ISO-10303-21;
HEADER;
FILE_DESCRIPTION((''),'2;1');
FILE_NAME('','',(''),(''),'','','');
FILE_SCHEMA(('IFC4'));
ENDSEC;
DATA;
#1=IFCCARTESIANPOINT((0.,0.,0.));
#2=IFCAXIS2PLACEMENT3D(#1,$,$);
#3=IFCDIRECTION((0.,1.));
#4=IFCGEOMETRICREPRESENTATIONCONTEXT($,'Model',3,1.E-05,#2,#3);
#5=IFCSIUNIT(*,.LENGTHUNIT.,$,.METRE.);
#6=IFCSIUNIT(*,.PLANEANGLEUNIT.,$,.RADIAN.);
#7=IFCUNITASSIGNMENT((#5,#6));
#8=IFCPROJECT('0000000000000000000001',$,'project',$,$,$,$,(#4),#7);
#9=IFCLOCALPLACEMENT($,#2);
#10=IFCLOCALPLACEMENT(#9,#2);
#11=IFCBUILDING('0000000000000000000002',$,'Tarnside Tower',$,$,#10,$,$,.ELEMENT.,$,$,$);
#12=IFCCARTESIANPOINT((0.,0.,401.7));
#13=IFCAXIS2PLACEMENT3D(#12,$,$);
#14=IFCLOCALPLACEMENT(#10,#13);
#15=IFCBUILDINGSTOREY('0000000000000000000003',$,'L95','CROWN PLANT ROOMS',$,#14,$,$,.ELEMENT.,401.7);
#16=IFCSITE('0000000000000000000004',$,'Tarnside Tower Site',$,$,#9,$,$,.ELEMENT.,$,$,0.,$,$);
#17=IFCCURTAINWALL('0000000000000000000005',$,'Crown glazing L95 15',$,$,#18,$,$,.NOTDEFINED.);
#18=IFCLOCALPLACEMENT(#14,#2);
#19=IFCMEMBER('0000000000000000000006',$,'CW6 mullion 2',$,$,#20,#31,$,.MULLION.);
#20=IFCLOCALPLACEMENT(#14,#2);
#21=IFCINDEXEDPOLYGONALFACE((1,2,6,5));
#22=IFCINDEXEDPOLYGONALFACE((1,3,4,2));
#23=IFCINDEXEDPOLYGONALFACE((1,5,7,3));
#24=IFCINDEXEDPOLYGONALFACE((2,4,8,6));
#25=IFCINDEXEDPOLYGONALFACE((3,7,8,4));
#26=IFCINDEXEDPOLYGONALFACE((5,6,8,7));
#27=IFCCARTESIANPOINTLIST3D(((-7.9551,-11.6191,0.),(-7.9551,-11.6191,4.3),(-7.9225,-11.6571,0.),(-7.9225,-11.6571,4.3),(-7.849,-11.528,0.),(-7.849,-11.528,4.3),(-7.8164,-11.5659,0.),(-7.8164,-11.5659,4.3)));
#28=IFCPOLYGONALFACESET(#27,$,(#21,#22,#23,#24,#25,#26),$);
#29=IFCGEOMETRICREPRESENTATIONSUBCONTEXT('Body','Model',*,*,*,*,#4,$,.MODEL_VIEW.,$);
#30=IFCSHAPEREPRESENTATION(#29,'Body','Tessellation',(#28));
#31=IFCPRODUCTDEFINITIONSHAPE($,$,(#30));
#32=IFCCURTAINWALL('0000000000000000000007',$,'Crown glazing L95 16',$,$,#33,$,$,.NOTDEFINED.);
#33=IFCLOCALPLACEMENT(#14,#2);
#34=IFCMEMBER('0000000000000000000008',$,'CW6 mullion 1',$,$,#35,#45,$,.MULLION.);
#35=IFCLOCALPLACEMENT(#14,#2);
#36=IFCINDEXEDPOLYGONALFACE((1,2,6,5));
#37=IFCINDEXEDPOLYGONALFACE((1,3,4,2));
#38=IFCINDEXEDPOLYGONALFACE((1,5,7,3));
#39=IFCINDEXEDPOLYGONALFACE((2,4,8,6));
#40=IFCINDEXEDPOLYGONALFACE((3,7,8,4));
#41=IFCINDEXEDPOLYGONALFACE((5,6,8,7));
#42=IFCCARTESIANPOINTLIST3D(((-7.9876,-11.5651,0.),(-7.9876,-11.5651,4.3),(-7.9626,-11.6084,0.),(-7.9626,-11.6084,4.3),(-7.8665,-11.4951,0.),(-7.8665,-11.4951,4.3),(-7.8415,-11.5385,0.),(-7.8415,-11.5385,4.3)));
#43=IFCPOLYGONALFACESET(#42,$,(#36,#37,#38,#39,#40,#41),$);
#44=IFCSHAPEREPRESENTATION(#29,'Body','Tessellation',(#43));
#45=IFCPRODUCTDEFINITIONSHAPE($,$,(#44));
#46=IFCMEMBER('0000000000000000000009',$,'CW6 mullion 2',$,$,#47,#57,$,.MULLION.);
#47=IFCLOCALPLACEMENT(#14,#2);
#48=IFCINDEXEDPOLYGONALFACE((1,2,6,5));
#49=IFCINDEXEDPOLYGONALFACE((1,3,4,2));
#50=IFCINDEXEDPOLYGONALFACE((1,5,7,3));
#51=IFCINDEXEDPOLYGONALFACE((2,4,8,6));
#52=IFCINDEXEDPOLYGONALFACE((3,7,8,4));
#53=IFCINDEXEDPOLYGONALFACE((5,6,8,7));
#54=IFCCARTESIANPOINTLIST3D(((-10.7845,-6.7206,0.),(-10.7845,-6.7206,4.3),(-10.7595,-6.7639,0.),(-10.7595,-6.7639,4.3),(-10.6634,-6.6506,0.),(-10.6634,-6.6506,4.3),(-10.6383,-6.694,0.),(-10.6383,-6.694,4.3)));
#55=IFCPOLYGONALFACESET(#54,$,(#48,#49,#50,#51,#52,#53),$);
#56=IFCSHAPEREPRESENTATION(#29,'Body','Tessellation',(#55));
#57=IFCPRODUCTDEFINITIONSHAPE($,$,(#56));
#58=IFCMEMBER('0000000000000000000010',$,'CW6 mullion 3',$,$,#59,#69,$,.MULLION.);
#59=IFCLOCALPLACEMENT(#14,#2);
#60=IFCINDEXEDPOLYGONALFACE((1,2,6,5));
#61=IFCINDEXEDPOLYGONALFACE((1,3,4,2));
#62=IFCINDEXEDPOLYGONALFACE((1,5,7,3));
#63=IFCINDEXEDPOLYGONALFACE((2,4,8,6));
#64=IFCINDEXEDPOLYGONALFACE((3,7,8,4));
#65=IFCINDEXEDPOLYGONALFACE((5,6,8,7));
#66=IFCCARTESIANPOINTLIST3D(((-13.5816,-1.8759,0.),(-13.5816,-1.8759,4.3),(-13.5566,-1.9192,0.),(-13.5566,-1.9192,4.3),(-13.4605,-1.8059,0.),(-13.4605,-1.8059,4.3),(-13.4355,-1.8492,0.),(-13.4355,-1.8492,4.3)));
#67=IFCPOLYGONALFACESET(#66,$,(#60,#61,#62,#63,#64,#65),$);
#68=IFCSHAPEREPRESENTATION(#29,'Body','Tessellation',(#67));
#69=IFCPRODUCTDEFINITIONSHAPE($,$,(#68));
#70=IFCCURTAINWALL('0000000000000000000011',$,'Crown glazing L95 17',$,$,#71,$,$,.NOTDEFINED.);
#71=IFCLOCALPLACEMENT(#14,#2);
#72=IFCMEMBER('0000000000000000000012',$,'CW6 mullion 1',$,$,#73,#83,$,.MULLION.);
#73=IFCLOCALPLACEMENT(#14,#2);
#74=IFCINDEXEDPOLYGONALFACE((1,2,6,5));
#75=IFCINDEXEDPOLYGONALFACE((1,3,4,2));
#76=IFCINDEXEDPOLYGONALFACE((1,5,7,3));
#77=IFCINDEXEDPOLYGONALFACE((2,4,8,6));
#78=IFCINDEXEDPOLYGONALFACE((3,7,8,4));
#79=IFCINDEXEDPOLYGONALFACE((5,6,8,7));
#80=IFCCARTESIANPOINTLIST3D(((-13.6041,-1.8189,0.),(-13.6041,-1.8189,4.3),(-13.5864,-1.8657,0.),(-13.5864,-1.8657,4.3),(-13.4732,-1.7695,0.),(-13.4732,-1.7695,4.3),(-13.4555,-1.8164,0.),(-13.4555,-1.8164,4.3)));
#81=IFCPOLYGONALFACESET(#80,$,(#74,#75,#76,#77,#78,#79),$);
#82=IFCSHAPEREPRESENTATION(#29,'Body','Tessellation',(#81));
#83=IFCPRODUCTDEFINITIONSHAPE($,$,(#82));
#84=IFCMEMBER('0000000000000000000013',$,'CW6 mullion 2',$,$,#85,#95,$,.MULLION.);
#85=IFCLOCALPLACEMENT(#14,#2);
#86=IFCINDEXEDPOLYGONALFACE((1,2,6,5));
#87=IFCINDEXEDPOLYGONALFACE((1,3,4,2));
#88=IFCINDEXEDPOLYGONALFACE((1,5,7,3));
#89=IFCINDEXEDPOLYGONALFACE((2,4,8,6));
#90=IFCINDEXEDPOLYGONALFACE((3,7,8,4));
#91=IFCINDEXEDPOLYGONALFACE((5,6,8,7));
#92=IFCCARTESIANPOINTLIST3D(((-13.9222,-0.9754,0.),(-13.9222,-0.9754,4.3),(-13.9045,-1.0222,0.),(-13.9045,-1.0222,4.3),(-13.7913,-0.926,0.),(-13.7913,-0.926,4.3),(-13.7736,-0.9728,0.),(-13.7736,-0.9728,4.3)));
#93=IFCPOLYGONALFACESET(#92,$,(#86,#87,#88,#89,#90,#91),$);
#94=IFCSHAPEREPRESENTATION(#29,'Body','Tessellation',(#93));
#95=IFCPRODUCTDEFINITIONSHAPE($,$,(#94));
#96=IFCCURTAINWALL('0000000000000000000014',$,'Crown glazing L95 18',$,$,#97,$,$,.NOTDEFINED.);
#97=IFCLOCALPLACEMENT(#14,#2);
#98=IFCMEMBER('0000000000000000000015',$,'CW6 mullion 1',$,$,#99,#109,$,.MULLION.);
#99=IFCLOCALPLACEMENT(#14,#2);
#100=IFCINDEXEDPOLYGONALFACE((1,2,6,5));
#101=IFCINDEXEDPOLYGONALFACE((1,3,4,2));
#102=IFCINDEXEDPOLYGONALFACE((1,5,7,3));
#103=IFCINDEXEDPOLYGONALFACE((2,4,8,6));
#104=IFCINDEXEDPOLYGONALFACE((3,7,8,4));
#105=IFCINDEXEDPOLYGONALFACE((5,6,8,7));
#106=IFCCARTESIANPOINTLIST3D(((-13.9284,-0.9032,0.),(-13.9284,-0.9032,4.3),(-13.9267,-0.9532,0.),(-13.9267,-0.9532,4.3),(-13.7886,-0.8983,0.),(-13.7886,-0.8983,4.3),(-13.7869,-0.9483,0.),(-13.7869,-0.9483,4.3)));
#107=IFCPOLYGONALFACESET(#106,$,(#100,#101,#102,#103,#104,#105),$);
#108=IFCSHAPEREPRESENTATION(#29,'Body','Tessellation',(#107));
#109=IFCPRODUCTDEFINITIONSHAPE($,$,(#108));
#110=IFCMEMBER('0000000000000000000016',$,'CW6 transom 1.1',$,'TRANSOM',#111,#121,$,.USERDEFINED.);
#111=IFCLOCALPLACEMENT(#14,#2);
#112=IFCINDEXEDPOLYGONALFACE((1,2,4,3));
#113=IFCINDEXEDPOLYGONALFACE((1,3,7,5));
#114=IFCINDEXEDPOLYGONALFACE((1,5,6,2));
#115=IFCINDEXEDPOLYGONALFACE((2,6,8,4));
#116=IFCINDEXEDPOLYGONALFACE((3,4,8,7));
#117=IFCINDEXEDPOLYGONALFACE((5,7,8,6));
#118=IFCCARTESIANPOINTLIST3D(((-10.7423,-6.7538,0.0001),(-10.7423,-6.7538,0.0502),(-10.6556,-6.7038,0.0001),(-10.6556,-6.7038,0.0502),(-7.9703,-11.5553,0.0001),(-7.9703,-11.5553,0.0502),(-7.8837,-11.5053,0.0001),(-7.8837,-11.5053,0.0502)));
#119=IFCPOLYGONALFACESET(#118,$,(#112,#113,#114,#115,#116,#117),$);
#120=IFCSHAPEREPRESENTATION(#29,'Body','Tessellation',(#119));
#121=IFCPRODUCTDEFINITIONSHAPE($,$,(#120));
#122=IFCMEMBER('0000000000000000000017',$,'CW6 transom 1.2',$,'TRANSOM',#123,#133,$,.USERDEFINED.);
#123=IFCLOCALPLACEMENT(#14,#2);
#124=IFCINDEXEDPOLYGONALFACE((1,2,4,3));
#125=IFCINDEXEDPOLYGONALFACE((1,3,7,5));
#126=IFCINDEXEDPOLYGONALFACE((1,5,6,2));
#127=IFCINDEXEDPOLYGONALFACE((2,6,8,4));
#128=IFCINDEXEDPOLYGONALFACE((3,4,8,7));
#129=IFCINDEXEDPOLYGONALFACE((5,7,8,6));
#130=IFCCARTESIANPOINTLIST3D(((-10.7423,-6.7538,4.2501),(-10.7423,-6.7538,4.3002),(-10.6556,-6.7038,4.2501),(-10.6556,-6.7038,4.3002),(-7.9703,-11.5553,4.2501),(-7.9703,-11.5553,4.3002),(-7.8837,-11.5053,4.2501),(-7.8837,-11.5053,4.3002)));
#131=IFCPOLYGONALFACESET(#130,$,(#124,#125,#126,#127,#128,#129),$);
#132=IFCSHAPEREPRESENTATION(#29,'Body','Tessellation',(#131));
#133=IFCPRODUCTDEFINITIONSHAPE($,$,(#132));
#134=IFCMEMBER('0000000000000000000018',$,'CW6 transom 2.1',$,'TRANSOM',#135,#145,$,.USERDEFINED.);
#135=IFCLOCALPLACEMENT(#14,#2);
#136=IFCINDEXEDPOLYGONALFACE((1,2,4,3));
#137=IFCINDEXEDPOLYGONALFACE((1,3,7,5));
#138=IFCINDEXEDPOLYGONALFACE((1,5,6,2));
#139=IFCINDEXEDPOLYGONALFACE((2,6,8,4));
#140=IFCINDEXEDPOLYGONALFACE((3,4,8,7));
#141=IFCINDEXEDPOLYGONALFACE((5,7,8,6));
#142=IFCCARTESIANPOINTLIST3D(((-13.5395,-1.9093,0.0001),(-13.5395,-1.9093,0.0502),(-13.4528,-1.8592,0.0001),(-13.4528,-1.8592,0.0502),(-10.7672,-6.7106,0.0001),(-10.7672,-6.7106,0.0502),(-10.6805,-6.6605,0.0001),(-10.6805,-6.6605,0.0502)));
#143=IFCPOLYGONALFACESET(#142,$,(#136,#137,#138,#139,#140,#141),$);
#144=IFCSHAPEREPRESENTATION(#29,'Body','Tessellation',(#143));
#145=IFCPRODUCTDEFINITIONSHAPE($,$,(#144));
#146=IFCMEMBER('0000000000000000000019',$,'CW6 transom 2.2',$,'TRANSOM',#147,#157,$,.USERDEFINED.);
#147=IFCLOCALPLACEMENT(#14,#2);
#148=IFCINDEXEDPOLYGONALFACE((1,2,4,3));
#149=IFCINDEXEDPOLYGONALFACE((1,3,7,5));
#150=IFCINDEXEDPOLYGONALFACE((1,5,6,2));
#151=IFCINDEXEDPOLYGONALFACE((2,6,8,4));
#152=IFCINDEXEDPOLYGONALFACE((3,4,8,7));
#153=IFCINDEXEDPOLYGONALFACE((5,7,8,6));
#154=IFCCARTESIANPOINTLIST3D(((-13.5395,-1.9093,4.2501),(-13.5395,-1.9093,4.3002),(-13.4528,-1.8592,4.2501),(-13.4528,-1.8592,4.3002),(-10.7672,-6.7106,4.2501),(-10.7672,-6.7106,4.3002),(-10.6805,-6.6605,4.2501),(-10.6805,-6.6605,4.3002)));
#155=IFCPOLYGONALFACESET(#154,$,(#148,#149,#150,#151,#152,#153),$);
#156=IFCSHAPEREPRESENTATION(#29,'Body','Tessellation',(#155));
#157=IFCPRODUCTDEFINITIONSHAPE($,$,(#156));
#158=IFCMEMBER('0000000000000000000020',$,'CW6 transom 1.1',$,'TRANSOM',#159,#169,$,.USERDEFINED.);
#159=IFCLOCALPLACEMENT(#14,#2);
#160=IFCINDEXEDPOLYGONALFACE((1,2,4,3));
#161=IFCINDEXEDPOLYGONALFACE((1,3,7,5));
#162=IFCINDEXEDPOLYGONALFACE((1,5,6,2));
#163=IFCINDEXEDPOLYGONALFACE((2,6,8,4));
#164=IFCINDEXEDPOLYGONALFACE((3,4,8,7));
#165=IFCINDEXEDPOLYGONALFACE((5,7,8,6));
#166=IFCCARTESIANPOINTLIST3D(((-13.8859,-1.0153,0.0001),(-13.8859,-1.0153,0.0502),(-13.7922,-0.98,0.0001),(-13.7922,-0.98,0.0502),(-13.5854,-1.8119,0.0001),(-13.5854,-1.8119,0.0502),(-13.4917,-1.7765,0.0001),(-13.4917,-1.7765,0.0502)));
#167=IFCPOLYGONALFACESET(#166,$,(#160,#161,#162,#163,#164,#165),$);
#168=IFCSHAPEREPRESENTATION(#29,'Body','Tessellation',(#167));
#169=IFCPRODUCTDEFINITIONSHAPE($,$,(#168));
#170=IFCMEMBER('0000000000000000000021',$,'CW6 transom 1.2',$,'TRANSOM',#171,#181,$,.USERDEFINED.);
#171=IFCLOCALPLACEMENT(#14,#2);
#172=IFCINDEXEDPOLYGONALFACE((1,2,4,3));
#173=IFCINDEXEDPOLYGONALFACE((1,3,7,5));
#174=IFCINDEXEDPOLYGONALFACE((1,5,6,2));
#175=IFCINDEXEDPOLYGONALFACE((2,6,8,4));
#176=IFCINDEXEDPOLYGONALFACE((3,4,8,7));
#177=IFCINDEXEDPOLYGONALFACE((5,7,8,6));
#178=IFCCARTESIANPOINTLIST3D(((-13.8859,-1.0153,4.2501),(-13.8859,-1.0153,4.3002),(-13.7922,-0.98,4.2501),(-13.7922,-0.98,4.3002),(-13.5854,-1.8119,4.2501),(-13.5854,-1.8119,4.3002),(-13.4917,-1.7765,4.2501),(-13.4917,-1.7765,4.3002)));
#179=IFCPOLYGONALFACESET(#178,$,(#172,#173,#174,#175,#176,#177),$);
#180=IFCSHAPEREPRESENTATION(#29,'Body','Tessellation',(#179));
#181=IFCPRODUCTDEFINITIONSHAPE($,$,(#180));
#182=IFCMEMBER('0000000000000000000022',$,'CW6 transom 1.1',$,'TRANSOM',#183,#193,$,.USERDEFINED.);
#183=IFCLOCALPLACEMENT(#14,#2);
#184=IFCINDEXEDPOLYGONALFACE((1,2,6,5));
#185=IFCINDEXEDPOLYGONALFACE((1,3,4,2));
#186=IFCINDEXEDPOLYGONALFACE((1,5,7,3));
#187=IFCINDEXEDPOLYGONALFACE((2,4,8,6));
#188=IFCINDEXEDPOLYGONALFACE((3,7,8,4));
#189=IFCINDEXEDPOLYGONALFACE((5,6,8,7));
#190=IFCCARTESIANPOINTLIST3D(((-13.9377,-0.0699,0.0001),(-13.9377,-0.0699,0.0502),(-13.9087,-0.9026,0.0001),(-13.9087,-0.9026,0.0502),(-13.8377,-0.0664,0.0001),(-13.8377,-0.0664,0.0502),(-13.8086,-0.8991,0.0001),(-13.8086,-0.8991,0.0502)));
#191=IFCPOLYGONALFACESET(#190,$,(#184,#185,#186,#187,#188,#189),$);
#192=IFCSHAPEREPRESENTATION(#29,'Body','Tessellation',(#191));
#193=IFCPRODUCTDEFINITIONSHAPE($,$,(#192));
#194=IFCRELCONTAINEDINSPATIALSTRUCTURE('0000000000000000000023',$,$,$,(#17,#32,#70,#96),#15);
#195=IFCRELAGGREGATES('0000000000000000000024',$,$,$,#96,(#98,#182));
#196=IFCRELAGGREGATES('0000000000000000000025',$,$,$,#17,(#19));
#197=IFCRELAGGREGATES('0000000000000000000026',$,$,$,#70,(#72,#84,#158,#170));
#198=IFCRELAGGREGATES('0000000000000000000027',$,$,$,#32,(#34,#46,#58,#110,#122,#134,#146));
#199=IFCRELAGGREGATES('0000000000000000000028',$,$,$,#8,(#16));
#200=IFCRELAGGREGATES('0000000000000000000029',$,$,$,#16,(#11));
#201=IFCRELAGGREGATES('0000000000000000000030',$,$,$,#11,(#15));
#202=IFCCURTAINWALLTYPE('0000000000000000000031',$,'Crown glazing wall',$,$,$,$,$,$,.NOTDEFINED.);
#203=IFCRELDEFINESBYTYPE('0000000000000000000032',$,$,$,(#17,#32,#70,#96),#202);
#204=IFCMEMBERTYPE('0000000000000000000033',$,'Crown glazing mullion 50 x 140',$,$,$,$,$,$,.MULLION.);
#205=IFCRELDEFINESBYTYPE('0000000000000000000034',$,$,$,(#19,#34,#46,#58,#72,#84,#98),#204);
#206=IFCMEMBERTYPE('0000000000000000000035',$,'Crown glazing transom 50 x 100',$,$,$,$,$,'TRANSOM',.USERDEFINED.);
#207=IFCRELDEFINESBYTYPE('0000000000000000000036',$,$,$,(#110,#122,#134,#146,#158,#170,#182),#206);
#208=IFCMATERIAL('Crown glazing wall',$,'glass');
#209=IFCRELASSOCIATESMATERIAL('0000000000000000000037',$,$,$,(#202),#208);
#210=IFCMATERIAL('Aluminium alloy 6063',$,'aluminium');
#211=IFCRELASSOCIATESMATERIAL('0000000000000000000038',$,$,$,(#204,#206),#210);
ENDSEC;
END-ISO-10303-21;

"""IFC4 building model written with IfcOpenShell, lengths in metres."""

from ifc_helpers import new_model, si_unit, direction, frame, origin, origin_2d, place, context, subcontext, project, spatial, rectangle, extrude, material, material_profile, profile_set, type_object, element, aggregate, save


model = new_model("IFC4")

# Units and contexts
model_context = context("Model", 3, precision=1e-05, world=origin(), true_north=direction((0.0, 1.0)))
body_context = subcontext(model_context, "Body", "Model", "MODEL_VIEW")
ifc_project = project(units=[si_unit("LENGTHUNIT", "METRE"), si_unit("PLANEANGLEUNIT", "RADIAN")], contexts=[model_context])

# Site, building, storey
site_placement = place(None, origin())
site = spatial("IfcSite", under=ifc_project, at=site_placement, Name="Tarnside Tower Site", CompositionType="ELEMENT", RefElevation=0.0)
building_placement = place(site_placement, origin())
building = spatial("IfcBuilding", under=site, at=building_placement, Name="Tarnside Tower", CompositionType="ELEMENT")
storey_placement = place(building_placement, frame((0.0, 0.0, 401.7)))
storey = spatial("IfcBuildingStorey", under=building, at=storey_placement, Name="L95", Description="CROWN PLANT ROOMS", CompositionType="ELEMENT", Elevation=401.7)

# Curtain wall, member
ifc_material_1 = material(Name="Crown glazing wall", Category="glass")
curtain_wall_type = type_object("IfcCurtainWallType", Name="Crown glazing wall", PredefinedType="NOTDEFINED", material=ifc_material_1)
curtain_wall_1_placement = place(storey_placement, origin())
curtain_wall_1 = element("IfcCurtainWall", 1, at=curtain_wall_1_placement, inside=storey, type_object=curtain_wall_type, Name="Crown glazing L95 15", PredefinedType="NOTDEFINED")
ifc_material_2 = material(Name="Aluminium alloy 6063", Category="aluminium")
ifc_material_profile_1 = material_profile(ifc_material_2, rectangle(XDim=0.1399, YDim=0.05, at=origin_2d()), Name="Crown glazing mullion 50 x 140")
ifc_profile_set_1 = profile_set([ifc_material_profile_1], Name="Aluminium alloy 6063")
member_type_1 = type_object("IfcMemberType", Name="Crown glazing mullion 50 x 140", PredefinedType="MULLION", material=ifc_profile_set_1)
member_1_placement = place(storey_placement, frame((-7.8857, -11.5925, 0.0), z_axis=(0.0, 0.0, 1.0), x_axis=(-0.758514, -0.651657, 0.0)))
member_1 = element("IfcMember", 2, at=member_1_placement, type_object=member_type_1, Name="CW6 mullion 2", PredefinedType="MULLION", context=body_context, shape_type="SweptSolid", body=[
    extrude(rectangle(XDim=0.1399, YDim=0.05, at=origin_2d()), origin(), (0.0, 0.0, 1.0), 4.3),
])

# Curtain walls, members
curtain_wall_2_placement = place(storey_placement, origin())
curtain_wall_2 = element("IfcCurtainWall", 3, at=curtain_wall_2_placement, inside=storey, type_object=curtain_wall_type, Name="Crown glazing L95 16", PredefinedType="NOTDEFINED")
member_2_placement = place(storey_placement, frame((-7.9146, -11.5518, 0.0), z_axis=(0.0, 0.0, 1.0), x_axis=(-0.866025, -0.5, 0.0)))
member_2 = element("IfcMember", 4, at=member_2_placement, type_object=member_type_1, Name="CW6 mullion 1", PredefinedType="MULLION", context=body_context, shape_type="SweptSolid", body=[
    extrude(rectangle(XDim=0.1399, YDim=0.05, at=origin_2d()), origin(), (0.0, 0.0, 1.0), 4.3),
])
member_3_placement = place(storey_placement, frame((-10.7114, -6.7073, 0.0), z_axis=(0.0, 0.0, 1.0), x_axis=(-0.866025, -0.5, 0.0)))
member_3 = element("IfcMember", 5, at=member_3_placement, type_object=member_type_1, Name="CW6 mullion 2", PredefinedType="MULLION", context=body_context, shape_type="SweptSolid", body=[
    extrude(rectangle(XDim=0.1399, YDim=0.05, at=origin_2d()), origin(), (0.0, 0.0, 1.0), 4.3),
])
member_4_placement = place(storey_placement, frame((-13.5085, -1.8625, 0.0), z_axis=(0.0, 0.0, 1.0), x_axis=(-0.866025, -0.5, 0.0)))
member_4 = element("IfcMember", 6, at=member_4_placement, type_object=member_type_1, Name="CW6 mullion 3", PredefinedType="MULLION", context=body_context, shape_type="SweptSolid", body=[
    extrude(rectangle(XDim=0.1399, YDim=0.05, at=origin_2d()), origin(), (0.0, 0.0, 1.0), 4.3),
])
curtain_wall_3_placement = place(storey_placement, origin())
curtain_wall_3 = element("IfcCurtainWall", 7, at=curtain_wall_3_placement, inside=storey, type_object=curtain_wall_type, Name="Crown glazing L95 17", PredefinedType="NOTDEFINED")
member_5_placement = place(storey_placement, frame((-13.5298, -1.8176, 0.0), z_axis=(0.0, 0.0, 1.0), x_axis=(-0.93565, -0.352931, 0.0)))
member_5 = element("IfcMember", 8, at=member_5_placement, type_object=member_type_1, Name="CW6 mullion 1", PredefinedType="MULLION", context=body_context, shape_type="SweptSolid", body=[
    extrude(rectangle(XDim=0.1399, YDim=0.05, at=origin_2d()), origin(), (0.0, 0.0, 1.0), 4.3),
])
member_6_placement = place(storey_placement, frame((-13.8479, -0.9741, 0.0), z_axis=(0.0, 0.0, 1.0), x_axis=(-0.93565, -0.352931, 0.0)))
member_6 = element("IfcMember", 9, at=member_6_placement, type_object=member_type_1, Name="CW6 mullion 2", PredefinedType="MULLION", context=body_context, shape_type="SweptSolid", body=[
    extrude(rectangle(XDim=0.1399, YDim=0.05, at=origin_2d()), origin(), (0.0, 0.0, 1.0), 4.3),
])

# Curtain wall, member
curtain_wall_4_placement = place(storey_placement, origin())
curtain_wall_4 = element("IfcCurtainWall", 10, at=curtain_wall_4_placement, inside=storey, type_object=curtain_wall_type, Name="Crown glazing L95 18", PredefinedType="NOTDEFINED")
member_7_placement = place(storey_placement, frame((-13.8577, -0.9258, 0.0), z_axis=(0.0, 0.0, 1.0), x_axis=(-0.999391, -0.034899, 0.0)))
member_7 = element("IfcMember", 11, at=member_7_placement, type_object=member_type_1, Name="CW6 mullion 1", PredefinedType="MULLION", context=body_context, shape_type="SweptSolid", body=[
    extrude(rectangle(XDim=0.1399, YDim=0.05, at=origin_2d()), origin(), (0.0, 0.0, 1.0), 4.3),
])

# Members
ifc_material_profile_2 = material_profile(ifc_material_2, rectangle(XDim=0.1001, YDim=0.05, at=origin_2d()), Name="Crown glazing transom 50 x 100")
ifc_profile_set_2 = profile_set([ifc_material_profile_2], Name="Aluminium alloy 6063")
member_type_2 = type_object("IfcMemberType", Name="Crown glazing transom 50 x 100", ElementType="TRANSOM", PredefinedType="USERDEFINED", material=ifc_profile_set_2)
member_8_placement = place(storey_placement, frame((-7.927, -11.5303, 0.0251), z_axis=(-0.499975, 0.86604, 0.0), x_axis=(-0.86604, -0.499975, 0.0)))
member_8 = element("IfcMember", 12, at=member_8_placement, type_object=member_type_2, Name="CW6 transom 1.1", ObjectType="TRANSOM", PredefinedType="USERDEFINED", context=body_context, shape_type="SweptSolid", body=[
    extrude(rectangle(XDim=0.1001, YDim=0.05, at=origin_2d()), origin(), (0.0, 0.0, 1.0), 5.5442),
])
member_9_placement = place(storey_placement, frame((-7.927, -11.5303, 4.2751), z_axis=(-0.499975, 0.86604, 0.0), x_axis=(-0.86604, -0.499975, 0.0)))
member_9 = element("IfcMember", 13, at=member_9_placement, type_object=member_type_2, Name="CW6 transom 1.2", ObjectType="TRANSOM", PredefinedType="USERDEFINED", context=body_context, shape_type="SweptSolid", body=[
    extrude(rectangle(XDim=0.1001, YDim=0.05, at=origin_2d()), origin(), (0.0, 0.0, 1.0), 5.5442),
])
member_10_placement = place(storey_placement, frame((-10.7239, -6.6855, 0.0251), z_axis=(-0.500027, 0.86601, 0.0), x_axis=(-0.86601, -0.500027, 0.0)))
member_10 = element("IfcMember", 14, at=member_10_placement, type_object=member_type_2, Name="CW6 transom 2.1", ObjectType="TRANSOM", PredefinedType="USERDEFINED", context=body_context, shape_type="SweptSolid", body=[
    extrude(rectangle(XDim=0.1001, YDim=0.05, at=origin_2d()), origin(), (0.0, 0.0, 1.0), 5.5442),
])
member_11_placement = place(storey_placement, frame((-10.7239, -6.6855, 4.2751), z_axis=(-0.500027, 0.86601, 0.0), x_axis=(-0.86601, -0.500027, 0.0)))
member_11 = element("IfcMember", 15, at=member_11_placement, type_object=member_type_2, Name="CW6 transom 2.2", ObjectType="TRANSOM", PredefinedType="USERDEFINED", context=body_context, shape_type="SweptSolid", body=[
    extrude(rectangle(XDim=0.1001, YDim=0.05, at=origin_2d()), origin(), (0.0, 0.0, 1.0), 5.5442),
])
member_12_placement = place(storey_placement, frame((-13.5386, -1.7942, 0.0251), z_axis=(-0.352977, 0.935632, 0.0), x_axis=(-0.935632, -0.352977, 0.0)))
member_12 = element("IfcMember", 16, at=member_12_placement, type_object=member_type_2, Name="CW6 transom 1.1", ObjectType="TRANSOM", PredefinedType="USERDEFINED", context=body_context, shape_type="SweptSolid", body=[
    extrude(rectangle(XDim=0.1001, YDim=0.05, at=origin_2d()), origin(), (0.0, 0.0, 1.0), 0.8513),
])
member_13_placement = place(storey_placement, frame((-13.5386, -1.7942, 4.2751), z_axis=(-0.352977, 0.935632, 0.0), x_axis=(-0.935632, -0.352977, 0.0)))
member_13 = element("IfcMember", 17, at=member_13_placement, type_object=member_type_2, Name="CW6 transom 1.2", ObjectType="TRANSOM", PredefinedType="USERDEFINED", context=body_context, shape_type="SweptSolid", body=[
    extrude(rectangle(XDim=0.1001, YDim=0.05, at=origin_2d()), origin(), (0.0, 0.0, 1.0), 0.8513),
])
member_14_placement = place(storey_placement, frame((-13.8586, -0.9009, 0.0251), z_axis=(-0.034866, 0.999392, 0.0), x_axis=(-0.999392, -0.034866, 0.0)))
member_14 = element("IfcMember", 18, at=member_14_placement, type_object=member_type_2, Name="CW6 transom 1.1", ObjectType="TRANSOM", PredefinedType="USERDEFINED", context=body_context, shape_type="SweptSolid", body=[
    extrude(rectangle(XDim=0.1001, YDim=0.05, at=origin_2d()), origin(), (0.0, 0.0, 1.0), 0.8333),
])
aggregate(curtain_wall_4, [member_7, member_14])

aggregate(curtain_wall_1, [member_1])
aggregate(curtain_wall_3, [member_5, member_6, member_12, member_13])
aggregate(curtain_wall_2, [member_2, member_3, member_4, member_8, member_9, member_10, member_11])

save(model, "model.ifc")
